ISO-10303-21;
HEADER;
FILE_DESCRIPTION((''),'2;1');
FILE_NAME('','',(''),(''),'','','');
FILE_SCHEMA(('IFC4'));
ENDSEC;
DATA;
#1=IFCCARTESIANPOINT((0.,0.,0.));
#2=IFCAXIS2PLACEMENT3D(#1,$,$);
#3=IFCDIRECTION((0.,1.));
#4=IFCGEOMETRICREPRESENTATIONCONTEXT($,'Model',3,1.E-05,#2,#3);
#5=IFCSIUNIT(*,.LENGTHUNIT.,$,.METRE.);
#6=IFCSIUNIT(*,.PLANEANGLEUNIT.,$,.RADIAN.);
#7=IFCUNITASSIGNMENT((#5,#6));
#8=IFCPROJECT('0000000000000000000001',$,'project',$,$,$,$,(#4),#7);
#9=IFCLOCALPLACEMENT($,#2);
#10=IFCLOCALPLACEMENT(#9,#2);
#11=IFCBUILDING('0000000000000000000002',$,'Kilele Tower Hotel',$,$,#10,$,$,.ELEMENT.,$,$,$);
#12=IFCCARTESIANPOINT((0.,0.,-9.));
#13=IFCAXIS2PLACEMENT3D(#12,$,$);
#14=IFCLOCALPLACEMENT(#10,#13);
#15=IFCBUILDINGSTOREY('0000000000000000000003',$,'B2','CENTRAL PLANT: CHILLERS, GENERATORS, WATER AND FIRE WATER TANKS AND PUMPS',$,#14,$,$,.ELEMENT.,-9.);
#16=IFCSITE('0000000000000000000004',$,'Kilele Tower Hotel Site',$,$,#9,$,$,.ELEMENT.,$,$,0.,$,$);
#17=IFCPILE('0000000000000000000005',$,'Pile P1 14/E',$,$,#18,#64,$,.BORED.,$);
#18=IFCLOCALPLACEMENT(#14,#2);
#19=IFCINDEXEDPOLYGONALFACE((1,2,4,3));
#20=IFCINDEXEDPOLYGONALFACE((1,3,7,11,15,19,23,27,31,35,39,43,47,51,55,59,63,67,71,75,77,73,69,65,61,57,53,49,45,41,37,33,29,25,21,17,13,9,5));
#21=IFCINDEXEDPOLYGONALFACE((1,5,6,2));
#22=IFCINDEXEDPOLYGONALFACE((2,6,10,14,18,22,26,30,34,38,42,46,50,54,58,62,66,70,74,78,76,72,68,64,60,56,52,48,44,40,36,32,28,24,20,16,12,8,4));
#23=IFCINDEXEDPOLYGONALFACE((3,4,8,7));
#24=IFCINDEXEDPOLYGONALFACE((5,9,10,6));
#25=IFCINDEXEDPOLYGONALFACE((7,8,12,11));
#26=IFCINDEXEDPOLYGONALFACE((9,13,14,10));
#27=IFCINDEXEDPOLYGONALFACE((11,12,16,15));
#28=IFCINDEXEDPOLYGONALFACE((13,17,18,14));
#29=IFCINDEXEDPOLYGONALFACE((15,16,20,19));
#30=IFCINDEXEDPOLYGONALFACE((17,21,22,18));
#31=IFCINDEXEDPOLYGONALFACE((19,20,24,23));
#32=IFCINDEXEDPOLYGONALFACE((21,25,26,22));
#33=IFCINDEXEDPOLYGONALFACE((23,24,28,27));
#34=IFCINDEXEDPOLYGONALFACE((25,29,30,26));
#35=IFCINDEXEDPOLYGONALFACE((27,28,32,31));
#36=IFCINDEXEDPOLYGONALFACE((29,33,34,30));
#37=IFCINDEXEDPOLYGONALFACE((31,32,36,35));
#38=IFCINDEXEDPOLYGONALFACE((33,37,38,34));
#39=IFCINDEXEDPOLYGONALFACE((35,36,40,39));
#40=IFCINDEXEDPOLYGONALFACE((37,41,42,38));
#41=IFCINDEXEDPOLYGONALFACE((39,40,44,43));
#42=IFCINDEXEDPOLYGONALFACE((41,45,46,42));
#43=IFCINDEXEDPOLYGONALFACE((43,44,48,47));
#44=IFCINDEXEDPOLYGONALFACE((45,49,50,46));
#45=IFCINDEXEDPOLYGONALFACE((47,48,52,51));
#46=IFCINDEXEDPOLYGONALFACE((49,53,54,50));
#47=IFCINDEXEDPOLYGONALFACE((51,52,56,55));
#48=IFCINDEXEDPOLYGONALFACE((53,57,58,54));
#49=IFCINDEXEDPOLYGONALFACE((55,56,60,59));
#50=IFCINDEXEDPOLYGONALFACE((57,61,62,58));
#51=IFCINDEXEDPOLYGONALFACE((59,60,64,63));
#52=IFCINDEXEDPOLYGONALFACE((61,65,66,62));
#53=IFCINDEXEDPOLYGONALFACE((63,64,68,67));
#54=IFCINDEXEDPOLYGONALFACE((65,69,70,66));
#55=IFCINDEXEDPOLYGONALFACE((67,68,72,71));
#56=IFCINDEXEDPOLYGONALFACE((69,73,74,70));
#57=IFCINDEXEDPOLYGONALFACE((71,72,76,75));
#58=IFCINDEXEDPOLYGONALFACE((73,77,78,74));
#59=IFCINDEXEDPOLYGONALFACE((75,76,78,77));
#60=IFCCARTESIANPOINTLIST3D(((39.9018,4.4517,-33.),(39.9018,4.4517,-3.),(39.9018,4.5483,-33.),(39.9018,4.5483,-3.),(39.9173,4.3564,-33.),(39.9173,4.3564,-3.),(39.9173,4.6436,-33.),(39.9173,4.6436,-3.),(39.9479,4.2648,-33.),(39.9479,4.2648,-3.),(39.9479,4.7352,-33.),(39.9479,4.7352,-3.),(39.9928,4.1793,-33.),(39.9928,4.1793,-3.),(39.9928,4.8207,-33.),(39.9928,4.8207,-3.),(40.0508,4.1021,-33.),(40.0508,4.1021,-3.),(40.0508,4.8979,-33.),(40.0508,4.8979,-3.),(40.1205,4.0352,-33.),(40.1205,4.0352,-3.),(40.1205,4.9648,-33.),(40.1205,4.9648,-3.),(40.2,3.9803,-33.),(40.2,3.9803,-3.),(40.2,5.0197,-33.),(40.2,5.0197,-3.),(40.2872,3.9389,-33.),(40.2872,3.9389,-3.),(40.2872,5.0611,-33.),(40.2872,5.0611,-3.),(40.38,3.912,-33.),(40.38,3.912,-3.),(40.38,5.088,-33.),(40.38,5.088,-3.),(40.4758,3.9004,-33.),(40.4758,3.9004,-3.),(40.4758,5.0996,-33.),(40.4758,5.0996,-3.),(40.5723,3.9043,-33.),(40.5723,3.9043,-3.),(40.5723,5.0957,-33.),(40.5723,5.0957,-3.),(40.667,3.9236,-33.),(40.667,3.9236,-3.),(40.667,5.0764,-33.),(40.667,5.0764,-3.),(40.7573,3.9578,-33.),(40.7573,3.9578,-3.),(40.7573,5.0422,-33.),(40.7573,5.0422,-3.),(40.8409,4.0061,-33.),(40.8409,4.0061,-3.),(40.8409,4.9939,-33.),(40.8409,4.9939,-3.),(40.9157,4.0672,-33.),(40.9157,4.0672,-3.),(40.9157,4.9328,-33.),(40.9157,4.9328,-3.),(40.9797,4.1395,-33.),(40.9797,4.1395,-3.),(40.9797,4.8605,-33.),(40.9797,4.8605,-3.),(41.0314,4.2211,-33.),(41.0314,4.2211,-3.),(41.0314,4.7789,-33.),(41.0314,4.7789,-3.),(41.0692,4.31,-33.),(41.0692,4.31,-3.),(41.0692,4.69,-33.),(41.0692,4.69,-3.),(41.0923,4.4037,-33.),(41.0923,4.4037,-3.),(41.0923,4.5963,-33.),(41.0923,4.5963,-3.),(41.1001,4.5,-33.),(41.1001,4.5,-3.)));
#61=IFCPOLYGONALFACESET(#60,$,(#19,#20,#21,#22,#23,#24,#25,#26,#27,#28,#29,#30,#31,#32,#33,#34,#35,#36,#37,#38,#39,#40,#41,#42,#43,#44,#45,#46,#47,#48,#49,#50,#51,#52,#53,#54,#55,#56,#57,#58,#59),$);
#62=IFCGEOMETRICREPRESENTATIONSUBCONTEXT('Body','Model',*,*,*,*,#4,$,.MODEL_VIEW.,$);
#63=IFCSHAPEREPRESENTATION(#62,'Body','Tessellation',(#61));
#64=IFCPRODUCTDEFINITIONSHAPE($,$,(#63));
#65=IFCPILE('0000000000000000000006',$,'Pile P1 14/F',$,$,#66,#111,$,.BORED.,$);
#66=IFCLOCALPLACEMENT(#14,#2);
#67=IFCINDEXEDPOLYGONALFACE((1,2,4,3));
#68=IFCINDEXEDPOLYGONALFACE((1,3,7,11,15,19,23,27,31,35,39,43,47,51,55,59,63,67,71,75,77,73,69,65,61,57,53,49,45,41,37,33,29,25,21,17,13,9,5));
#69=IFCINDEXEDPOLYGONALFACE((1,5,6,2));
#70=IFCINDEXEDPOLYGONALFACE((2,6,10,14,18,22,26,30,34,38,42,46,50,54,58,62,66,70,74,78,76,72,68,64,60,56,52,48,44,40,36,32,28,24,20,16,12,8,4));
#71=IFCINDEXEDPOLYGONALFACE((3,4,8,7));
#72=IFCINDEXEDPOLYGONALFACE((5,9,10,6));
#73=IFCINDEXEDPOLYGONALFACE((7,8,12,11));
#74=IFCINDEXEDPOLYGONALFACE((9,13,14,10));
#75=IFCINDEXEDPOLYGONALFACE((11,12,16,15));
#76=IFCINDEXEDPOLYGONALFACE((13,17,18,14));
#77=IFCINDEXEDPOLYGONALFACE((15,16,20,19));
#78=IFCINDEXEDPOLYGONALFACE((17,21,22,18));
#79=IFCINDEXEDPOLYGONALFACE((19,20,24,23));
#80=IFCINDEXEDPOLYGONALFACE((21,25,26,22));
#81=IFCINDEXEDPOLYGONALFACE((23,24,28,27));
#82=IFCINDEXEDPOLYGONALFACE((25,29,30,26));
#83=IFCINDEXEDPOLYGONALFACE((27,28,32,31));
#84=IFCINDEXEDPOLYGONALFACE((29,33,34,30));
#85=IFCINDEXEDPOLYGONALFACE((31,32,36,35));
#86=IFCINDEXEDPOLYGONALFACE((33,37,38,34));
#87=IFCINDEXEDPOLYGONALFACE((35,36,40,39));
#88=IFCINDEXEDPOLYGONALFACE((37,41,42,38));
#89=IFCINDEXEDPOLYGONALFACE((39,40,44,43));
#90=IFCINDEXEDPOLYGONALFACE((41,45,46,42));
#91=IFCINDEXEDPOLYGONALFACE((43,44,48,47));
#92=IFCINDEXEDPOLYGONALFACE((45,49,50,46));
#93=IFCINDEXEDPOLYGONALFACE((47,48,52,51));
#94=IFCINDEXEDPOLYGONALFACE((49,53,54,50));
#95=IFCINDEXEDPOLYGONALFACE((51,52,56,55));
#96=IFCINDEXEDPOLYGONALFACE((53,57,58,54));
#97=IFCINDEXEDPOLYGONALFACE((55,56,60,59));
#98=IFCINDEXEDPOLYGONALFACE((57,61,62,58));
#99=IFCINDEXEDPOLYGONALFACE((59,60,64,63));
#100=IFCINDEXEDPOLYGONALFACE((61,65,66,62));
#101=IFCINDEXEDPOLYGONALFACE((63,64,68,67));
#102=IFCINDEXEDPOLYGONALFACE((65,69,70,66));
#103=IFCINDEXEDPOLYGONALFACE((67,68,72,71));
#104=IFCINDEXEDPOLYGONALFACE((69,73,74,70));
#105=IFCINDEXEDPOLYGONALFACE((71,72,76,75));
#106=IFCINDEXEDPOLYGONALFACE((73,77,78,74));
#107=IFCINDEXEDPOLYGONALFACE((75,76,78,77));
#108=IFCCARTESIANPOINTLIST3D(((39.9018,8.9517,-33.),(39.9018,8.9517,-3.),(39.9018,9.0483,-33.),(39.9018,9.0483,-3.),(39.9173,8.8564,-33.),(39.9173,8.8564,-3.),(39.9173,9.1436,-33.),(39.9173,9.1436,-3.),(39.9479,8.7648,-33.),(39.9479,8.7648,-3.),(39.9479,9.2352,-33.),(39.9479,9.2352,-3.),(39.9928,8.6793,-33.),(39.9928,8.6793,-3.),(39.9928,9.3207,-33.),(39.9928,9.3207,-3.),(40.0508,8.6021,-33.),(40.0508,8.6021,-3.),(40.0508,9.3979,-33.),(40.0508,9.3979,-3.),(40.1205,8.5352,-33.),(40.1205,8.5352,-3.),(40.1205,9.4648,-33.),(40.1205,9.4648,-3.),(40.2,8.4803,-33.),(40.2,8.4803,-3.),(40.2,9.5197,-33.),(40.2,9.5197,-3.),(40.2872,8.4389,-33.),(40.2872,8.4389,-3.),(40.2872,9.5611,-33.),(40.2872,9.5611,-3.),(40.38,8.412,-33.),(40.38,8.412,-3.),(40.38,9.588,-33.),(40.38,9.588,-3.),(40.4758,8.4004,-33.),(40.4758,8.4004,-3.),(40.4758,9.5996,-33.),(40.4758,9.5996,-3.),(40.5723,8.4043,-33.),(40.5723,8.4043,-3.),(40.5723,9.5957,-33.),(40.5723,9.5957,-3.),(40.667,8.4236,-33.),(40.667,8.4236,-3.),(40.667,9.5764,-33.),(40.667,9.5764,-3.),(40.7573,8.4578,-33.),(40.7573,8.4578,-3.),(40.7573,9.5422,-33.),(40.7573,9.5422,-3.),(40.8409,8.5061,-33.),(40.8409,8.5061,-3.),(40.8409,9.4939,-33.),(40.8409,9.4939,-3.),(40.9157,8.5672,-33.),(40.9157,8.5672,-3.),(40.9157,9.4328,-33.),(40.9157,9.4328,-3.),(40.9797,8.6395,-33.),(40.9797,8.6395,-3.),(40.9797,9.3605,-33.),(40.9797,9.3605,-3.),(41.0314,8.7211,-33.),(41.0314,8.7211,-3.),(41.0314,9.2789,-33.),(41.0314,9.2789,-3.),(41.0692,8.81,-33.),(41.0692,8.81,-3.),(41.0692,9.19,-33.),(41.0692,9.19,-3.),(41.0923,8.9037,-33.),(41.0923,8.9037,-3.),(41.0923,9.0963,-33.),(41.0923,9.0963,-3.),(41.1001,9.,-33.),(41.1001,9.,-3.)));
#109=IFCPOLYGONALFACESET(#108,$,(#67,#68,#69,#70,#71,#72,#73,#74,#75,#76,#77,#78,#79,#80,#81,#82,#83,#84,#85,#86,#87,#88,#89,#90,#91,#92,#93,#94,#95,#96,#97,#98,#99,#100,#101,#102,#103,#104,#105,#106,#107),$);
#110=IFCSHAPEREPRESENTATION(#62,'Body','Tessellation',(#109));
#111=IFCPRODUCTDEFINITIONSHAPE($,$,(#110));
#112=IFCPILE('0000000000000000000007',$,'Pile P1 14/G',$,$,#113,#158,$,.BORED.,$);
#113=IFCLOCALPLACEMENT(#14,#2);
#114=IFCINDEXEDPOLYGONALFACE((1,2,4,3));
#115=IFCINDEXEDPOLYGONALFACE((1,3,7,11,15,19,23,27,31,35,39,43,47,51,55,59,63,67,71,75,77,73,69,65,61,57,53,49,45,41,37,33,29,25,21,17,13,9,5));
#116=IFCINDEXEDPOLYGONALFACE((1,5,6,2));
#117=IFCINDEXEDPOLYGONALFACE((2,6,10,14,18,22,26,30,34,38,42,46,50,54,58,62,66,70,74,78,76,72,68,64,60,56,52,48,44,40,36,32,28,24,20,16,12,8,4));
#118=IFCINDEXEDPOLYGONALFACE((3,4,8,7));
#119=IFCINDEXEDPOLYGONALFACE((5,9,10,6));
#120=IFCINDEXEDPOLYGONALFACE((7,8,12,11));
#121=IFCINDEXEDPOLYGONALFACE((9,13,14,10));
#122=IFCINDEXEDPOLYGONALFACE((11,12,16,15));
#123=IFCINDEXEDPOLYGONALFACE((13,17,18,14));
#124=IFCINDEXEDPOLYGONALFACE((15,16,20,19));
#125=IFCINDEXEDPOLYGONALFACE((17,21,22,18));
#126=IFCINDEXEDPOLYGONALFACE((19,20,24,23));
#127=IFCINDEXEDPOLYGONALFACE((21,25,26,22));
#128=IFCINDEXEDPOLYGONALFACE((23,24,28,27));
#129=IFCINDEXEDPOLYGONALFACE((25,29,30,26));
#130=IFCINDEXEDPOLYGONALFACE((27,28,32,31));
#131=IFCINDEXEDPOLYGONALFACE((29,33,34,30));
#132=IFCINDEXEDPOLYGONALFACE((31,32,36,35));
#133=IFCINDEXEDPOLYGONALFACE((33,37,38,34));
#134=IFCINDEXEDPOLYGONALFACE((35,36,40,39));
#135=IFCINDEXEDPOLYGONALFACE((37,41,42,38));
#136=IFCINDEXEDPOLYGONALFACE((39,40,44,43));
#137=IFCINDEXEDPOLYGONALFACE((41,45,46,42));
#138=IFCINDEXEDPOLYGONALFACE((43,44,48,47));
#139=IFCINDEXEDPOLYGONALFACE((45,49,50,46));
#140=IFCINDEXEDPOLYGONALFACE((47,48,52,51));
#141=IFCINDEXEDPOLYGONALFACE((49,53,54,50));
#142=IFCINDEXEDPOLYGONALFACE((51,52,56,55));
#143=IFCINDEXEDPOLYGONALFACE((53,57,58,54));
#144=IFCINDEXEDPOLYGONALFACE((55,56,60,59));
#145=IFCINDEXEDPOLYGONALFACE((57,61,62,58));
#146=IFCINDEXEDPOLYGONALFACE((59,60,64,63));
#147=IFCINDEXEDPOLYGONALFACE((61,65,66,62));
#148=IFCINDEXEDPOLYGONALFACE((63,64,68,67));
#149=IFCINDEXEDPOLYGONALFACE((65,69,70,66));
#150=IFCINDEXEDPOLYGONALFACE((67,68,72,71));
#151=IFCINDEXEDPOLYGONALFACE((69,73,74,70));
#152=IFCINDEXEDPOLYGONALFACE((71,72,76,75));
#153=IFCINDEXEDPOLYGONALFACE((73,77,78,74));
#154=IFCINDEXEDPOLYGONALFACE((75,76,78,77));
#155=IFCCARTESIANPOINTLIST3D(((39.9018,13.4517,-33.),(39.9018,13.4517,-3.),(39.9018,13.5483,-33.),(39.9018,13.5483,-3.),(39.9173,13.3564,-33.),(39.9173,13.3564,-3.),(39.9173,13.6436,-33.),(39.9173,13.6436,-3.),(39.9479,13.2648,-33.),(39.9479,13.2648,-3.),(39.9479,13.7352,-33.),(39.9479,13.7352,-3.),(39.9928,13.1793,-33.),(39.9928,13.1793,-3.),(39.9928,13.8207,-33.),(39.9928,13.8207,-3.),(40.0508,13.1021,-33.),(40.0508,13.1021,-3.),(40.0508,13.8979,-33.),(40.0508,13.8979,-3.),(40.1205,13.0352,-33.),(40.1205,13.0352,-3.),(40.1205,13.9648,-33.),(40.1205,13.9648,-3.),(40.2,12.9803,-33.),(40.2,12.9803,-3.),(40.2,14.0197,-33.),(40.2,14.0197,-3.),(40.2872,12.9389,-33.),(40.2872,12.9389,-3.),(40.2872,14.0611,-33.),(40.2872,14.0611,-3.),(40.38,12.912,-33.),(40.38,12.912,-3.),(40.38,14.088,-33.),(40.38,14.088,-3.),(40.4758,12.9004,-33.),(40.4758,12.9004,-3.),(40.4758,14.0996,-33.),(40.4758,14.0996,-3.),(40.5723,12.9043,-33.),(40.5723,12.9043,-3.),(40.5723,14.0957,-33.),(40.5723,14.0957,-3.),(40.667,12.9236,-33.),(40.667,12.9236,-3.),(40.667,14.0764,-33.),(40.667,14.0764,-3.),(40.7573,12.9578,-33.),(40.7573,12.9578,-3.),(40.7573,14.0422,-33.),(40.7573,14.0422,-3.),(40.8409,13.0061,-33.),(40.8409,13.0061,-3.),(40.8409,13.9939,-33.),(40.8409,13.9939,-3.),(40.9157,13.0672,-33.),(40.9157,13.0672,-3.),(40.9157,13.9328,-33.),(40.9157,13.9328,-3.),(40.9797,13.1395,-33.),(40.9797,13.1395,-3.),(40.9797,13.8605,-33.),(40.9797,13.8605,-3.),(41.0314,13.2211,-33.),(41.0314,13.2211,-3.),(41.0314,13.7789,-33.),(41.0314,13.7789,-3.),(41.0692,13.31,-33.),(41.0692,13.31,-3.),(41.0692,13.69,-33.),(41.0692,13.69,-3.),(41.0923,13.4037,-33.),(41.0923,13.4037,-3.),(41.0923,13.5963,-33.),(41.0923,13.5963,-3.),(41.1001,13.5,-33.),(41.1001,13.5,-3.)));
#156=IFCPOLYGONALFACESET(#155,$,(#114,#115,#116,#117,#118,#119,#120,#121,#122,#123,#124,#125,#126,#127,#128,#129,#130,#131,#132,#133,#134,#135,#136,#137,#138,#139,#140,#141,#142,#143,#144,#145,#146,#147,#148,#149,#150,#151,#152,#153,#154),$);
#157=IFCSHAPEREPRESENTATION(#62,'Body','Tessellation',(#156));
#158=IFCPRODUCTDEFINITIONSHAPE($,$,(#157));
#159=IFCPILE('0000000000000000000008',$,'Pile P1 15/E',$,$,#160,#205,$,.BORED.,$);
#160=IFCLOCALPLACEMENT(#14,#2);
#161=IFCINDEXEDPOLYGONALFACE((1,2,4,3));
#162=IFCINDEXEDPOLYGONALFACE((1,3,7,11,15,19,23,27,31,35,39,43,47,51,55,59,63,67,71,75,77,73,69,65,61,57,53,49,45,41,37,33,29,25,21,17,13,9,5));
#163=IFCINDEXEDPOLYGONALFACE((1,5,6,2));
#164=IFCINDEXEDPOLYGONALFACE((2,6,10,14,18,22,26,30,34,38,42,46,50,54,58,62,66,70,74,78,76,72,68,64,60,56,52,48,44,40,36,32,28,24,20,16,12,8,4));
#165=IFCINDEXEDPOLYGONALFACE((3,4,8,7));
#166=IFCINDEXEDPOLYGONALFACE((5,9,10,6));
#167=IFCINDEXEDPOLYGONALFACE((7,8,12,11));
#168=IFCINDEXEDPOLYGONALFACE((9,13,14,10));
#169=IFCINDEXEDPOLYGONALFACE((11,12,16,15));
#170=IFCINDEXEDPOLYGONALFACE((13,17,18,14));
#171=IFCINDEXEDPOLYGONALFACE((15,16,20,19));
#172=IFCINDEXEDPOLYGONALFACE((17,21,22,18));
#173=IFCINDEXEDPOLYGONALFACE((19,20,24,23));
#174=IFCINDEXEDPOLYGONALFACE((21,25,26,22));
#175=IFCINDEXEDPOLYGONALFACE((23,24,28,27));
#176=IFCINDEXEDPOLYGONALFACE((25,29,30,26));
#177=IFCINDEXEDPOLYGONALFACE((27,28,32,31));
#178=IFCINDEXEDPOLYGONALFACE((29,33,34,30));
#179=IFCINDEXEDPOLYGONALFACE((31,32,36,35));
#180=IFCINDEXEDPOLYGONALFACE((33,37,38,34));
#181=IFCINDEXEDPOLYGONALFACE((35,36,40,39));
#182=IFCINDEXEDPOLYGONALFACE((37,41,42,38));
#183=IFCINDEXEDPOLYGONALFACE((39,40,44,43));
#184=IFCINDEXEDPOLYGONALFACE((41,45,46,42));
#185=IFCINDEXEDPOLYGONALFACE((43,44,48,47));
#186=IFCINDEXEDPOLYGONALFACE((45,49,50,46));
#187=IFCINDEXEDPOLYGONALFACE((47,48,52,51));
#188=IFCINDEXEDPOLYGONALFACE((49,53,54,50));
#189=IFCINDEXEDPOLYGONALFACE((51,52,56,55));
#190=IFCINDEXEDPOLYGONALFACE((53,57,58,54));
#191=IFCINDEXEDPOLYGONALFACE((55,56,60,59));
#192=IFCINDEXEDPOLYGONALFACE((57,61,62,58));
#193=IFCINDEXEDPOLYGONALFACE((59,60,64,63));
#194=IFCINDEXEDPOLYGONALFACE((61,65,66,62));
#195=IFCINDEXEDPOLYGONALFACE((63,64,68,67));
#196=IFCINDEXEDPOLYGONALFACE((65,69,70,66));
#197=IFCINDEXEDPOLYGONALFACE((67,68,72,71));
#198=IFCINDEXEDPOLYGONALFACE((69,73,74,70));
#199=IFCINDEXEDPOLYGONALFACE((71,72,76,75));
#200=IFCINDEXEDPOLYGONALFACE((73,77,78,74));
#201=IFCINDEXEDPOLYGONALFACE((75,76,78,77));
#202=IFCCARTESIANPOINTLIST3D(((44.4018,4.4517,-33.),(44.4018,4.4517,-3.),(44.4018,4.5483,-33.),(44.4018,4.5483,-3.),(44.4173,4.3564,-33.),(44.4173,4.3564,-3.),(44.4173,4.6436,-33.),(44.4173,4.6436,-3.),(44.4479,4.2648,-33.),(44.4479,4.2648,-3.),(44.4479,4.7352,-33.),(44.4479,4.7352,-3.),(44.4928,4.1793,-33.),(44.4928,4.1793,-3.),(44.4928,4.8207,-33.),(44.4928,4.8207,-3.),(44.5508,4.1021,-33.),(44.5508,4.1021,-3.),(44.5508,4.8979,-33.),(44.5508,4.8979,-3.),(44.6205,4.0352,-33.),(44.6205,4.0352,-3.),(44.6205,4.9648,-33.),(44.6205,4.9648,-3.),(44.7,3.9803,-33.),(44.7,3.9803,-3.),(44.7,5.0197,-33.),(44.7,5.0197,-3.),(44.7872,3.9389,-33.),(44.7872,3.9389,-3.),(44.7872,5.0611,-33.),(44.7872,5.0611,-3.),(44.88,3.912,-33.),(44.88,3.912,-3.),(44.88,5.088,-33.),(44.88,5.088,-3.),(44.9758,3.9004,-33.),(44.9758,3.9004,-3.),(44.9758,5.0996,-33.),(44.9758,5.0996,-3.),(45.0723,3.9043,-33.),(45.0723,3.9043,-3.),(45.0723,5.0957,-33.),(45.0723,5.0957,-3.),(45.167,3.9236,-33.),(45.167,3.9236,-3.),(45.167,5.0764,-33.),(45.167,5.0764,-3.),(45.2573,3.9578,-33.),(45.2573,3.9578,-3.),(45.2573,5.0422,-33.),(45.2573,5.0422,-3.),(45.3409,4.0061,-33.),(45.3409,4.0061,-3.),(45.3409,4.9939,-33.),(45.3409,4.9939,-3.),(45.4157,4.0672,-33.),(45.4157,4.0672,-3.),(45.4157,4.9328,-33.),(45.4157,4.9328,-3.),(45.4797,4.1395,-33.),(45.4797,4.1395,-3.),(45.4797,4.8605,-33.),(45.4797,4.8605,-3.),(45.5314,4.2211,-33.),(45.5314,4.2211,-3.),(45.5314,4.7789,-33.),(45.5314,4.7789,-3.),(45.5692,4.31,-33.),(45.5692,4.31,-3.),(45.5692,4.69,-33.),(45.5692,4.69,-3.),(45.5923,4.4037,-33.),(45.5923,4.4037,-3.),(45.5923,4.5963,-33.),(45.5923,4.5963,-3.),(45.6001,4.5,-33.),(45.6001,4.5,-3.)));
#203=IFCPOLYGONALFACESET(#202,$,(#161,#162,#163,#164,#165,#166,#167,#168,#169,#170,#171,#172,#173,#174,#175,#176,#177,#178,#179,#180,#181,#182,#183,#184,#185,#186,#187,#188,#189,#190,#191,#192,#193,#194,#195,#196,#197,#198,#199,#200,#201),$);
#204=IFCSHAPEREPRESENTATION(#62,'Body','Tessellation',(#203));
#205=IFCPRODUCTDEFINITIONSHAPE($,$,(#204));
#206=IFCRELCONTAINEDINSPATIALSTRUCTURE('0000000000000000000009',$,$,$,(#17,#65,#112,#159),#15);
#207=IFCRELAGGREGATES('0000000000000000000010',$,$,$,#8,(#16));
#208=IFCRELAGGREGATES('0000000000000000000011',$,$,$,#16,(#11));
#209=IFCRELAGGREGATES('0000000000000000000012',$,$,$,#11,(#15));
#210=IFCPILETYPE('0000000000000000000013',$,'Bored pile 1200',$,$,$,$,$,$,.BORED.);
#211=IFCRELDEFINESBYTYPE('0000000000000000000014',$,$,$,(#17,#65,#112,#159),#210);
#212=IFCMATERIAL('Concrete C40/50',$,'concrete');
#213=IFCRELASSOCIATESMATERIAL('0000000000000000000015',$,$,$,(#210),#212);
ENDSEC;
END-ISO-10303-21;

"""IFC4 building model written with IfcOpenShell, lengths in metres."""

from ifc_helpers import new_model, si_unit, direction, frame, origin, origin_2d, place, context, subcontext, project, spatial, circle, extrude, material, material_profile, profile_set, type_object, element, save


model = new_model("IFC4")

# Units and contexts
model_context = context("Model", 3, precision=1e-05, world=origin(), true_north=direction((0.0, 1.0)))
body_context = subcontext(model_context, "Body", "Model", "MODEL_VIEW")
ifc_project = project(units=[si_unit("LENGTHUNIT", "METRE"), si_unit("PLANEANGLEUNIT", "RADIAN")], contexts=[model_context])

# Site, building, storey
site_placement = place(None, origin())
site = spatial("IfcSite", under=ifc_project, at=site_placement, Name="Kilele Tower Hotel Site", CompositionType="ELEMENT", RefElevation=0.0)
building_placement = place(site_placement, origin())
building = spatial("IfcBuilding", under=site, at=building_placement, Name="Kilele Tower Hotel", CompositionType="ELEMENT")
storey_placement = place(building_placement, frame((0.0, 0.0, -9.0)))
storey = spatial("IfcBuildingStorey", under=building, at=storey_placement, Name="B2", Description="CENTRAL PLANT: CHILLERS, GENERATORS, WATER AND FIRE WATER TANKS AND PUMPS", CompositionType="ELEMENT", Elevation=-9.0)

# Piles
ifc_material_1 = material(Name="Concrete C40/50", Category="concrete")
ifc_material_profile_1 = material_profile(ifc_material_1, circle(Radius=0.6001, at=origin_2d()))
ifc_profile_set_1 = profile_set([ifc_material_profile_1], Name="Concrete C40/50")
pile_type = type_object("IfcPileType", Name="Bored pile 1200", PredefinedType="BORED", material=ifc_profile_set_1)
for number, where, z_axis, x_axis, name in (
    (1, (40.5, 4.5, -3.0), (0.0, 0.0, -1.0), (1.0, 0.0, 0.0), "Pile P1 14/E"),
    (2, (40.5, 9.0, -3.0), (0.0, 0.0, -1.0), (1.0, 0.0, 0.0), "Pile P1 14/F"),
    (3, (40.5, 13.5, -3.0), (0.0, 0.0, -1.0), (1.0, 0.0, 0.0), "Pile P1 14/G"),
    (4, (45.0, 4.5, -3.0), (0.0, 0.0, -1.0), (1.0, 0.0, 0.0), "Pile P1 15/E"),
):
    element("IfcPile", number, at=place(storey_placement, frame(where, z_axis=z_axis, x_axis=x_axis)), inside=storey, type_object=pile_type, Name=name, PredefinedType="BORED", context=body_context, shape_type="SweptSolid", body=[
        extrude(circle(Radius=0.6001, at=origin_2d()), origin(), (0.0, 0.0, 1.0), 30.0),
    ])

save(model, "model.ifc")
